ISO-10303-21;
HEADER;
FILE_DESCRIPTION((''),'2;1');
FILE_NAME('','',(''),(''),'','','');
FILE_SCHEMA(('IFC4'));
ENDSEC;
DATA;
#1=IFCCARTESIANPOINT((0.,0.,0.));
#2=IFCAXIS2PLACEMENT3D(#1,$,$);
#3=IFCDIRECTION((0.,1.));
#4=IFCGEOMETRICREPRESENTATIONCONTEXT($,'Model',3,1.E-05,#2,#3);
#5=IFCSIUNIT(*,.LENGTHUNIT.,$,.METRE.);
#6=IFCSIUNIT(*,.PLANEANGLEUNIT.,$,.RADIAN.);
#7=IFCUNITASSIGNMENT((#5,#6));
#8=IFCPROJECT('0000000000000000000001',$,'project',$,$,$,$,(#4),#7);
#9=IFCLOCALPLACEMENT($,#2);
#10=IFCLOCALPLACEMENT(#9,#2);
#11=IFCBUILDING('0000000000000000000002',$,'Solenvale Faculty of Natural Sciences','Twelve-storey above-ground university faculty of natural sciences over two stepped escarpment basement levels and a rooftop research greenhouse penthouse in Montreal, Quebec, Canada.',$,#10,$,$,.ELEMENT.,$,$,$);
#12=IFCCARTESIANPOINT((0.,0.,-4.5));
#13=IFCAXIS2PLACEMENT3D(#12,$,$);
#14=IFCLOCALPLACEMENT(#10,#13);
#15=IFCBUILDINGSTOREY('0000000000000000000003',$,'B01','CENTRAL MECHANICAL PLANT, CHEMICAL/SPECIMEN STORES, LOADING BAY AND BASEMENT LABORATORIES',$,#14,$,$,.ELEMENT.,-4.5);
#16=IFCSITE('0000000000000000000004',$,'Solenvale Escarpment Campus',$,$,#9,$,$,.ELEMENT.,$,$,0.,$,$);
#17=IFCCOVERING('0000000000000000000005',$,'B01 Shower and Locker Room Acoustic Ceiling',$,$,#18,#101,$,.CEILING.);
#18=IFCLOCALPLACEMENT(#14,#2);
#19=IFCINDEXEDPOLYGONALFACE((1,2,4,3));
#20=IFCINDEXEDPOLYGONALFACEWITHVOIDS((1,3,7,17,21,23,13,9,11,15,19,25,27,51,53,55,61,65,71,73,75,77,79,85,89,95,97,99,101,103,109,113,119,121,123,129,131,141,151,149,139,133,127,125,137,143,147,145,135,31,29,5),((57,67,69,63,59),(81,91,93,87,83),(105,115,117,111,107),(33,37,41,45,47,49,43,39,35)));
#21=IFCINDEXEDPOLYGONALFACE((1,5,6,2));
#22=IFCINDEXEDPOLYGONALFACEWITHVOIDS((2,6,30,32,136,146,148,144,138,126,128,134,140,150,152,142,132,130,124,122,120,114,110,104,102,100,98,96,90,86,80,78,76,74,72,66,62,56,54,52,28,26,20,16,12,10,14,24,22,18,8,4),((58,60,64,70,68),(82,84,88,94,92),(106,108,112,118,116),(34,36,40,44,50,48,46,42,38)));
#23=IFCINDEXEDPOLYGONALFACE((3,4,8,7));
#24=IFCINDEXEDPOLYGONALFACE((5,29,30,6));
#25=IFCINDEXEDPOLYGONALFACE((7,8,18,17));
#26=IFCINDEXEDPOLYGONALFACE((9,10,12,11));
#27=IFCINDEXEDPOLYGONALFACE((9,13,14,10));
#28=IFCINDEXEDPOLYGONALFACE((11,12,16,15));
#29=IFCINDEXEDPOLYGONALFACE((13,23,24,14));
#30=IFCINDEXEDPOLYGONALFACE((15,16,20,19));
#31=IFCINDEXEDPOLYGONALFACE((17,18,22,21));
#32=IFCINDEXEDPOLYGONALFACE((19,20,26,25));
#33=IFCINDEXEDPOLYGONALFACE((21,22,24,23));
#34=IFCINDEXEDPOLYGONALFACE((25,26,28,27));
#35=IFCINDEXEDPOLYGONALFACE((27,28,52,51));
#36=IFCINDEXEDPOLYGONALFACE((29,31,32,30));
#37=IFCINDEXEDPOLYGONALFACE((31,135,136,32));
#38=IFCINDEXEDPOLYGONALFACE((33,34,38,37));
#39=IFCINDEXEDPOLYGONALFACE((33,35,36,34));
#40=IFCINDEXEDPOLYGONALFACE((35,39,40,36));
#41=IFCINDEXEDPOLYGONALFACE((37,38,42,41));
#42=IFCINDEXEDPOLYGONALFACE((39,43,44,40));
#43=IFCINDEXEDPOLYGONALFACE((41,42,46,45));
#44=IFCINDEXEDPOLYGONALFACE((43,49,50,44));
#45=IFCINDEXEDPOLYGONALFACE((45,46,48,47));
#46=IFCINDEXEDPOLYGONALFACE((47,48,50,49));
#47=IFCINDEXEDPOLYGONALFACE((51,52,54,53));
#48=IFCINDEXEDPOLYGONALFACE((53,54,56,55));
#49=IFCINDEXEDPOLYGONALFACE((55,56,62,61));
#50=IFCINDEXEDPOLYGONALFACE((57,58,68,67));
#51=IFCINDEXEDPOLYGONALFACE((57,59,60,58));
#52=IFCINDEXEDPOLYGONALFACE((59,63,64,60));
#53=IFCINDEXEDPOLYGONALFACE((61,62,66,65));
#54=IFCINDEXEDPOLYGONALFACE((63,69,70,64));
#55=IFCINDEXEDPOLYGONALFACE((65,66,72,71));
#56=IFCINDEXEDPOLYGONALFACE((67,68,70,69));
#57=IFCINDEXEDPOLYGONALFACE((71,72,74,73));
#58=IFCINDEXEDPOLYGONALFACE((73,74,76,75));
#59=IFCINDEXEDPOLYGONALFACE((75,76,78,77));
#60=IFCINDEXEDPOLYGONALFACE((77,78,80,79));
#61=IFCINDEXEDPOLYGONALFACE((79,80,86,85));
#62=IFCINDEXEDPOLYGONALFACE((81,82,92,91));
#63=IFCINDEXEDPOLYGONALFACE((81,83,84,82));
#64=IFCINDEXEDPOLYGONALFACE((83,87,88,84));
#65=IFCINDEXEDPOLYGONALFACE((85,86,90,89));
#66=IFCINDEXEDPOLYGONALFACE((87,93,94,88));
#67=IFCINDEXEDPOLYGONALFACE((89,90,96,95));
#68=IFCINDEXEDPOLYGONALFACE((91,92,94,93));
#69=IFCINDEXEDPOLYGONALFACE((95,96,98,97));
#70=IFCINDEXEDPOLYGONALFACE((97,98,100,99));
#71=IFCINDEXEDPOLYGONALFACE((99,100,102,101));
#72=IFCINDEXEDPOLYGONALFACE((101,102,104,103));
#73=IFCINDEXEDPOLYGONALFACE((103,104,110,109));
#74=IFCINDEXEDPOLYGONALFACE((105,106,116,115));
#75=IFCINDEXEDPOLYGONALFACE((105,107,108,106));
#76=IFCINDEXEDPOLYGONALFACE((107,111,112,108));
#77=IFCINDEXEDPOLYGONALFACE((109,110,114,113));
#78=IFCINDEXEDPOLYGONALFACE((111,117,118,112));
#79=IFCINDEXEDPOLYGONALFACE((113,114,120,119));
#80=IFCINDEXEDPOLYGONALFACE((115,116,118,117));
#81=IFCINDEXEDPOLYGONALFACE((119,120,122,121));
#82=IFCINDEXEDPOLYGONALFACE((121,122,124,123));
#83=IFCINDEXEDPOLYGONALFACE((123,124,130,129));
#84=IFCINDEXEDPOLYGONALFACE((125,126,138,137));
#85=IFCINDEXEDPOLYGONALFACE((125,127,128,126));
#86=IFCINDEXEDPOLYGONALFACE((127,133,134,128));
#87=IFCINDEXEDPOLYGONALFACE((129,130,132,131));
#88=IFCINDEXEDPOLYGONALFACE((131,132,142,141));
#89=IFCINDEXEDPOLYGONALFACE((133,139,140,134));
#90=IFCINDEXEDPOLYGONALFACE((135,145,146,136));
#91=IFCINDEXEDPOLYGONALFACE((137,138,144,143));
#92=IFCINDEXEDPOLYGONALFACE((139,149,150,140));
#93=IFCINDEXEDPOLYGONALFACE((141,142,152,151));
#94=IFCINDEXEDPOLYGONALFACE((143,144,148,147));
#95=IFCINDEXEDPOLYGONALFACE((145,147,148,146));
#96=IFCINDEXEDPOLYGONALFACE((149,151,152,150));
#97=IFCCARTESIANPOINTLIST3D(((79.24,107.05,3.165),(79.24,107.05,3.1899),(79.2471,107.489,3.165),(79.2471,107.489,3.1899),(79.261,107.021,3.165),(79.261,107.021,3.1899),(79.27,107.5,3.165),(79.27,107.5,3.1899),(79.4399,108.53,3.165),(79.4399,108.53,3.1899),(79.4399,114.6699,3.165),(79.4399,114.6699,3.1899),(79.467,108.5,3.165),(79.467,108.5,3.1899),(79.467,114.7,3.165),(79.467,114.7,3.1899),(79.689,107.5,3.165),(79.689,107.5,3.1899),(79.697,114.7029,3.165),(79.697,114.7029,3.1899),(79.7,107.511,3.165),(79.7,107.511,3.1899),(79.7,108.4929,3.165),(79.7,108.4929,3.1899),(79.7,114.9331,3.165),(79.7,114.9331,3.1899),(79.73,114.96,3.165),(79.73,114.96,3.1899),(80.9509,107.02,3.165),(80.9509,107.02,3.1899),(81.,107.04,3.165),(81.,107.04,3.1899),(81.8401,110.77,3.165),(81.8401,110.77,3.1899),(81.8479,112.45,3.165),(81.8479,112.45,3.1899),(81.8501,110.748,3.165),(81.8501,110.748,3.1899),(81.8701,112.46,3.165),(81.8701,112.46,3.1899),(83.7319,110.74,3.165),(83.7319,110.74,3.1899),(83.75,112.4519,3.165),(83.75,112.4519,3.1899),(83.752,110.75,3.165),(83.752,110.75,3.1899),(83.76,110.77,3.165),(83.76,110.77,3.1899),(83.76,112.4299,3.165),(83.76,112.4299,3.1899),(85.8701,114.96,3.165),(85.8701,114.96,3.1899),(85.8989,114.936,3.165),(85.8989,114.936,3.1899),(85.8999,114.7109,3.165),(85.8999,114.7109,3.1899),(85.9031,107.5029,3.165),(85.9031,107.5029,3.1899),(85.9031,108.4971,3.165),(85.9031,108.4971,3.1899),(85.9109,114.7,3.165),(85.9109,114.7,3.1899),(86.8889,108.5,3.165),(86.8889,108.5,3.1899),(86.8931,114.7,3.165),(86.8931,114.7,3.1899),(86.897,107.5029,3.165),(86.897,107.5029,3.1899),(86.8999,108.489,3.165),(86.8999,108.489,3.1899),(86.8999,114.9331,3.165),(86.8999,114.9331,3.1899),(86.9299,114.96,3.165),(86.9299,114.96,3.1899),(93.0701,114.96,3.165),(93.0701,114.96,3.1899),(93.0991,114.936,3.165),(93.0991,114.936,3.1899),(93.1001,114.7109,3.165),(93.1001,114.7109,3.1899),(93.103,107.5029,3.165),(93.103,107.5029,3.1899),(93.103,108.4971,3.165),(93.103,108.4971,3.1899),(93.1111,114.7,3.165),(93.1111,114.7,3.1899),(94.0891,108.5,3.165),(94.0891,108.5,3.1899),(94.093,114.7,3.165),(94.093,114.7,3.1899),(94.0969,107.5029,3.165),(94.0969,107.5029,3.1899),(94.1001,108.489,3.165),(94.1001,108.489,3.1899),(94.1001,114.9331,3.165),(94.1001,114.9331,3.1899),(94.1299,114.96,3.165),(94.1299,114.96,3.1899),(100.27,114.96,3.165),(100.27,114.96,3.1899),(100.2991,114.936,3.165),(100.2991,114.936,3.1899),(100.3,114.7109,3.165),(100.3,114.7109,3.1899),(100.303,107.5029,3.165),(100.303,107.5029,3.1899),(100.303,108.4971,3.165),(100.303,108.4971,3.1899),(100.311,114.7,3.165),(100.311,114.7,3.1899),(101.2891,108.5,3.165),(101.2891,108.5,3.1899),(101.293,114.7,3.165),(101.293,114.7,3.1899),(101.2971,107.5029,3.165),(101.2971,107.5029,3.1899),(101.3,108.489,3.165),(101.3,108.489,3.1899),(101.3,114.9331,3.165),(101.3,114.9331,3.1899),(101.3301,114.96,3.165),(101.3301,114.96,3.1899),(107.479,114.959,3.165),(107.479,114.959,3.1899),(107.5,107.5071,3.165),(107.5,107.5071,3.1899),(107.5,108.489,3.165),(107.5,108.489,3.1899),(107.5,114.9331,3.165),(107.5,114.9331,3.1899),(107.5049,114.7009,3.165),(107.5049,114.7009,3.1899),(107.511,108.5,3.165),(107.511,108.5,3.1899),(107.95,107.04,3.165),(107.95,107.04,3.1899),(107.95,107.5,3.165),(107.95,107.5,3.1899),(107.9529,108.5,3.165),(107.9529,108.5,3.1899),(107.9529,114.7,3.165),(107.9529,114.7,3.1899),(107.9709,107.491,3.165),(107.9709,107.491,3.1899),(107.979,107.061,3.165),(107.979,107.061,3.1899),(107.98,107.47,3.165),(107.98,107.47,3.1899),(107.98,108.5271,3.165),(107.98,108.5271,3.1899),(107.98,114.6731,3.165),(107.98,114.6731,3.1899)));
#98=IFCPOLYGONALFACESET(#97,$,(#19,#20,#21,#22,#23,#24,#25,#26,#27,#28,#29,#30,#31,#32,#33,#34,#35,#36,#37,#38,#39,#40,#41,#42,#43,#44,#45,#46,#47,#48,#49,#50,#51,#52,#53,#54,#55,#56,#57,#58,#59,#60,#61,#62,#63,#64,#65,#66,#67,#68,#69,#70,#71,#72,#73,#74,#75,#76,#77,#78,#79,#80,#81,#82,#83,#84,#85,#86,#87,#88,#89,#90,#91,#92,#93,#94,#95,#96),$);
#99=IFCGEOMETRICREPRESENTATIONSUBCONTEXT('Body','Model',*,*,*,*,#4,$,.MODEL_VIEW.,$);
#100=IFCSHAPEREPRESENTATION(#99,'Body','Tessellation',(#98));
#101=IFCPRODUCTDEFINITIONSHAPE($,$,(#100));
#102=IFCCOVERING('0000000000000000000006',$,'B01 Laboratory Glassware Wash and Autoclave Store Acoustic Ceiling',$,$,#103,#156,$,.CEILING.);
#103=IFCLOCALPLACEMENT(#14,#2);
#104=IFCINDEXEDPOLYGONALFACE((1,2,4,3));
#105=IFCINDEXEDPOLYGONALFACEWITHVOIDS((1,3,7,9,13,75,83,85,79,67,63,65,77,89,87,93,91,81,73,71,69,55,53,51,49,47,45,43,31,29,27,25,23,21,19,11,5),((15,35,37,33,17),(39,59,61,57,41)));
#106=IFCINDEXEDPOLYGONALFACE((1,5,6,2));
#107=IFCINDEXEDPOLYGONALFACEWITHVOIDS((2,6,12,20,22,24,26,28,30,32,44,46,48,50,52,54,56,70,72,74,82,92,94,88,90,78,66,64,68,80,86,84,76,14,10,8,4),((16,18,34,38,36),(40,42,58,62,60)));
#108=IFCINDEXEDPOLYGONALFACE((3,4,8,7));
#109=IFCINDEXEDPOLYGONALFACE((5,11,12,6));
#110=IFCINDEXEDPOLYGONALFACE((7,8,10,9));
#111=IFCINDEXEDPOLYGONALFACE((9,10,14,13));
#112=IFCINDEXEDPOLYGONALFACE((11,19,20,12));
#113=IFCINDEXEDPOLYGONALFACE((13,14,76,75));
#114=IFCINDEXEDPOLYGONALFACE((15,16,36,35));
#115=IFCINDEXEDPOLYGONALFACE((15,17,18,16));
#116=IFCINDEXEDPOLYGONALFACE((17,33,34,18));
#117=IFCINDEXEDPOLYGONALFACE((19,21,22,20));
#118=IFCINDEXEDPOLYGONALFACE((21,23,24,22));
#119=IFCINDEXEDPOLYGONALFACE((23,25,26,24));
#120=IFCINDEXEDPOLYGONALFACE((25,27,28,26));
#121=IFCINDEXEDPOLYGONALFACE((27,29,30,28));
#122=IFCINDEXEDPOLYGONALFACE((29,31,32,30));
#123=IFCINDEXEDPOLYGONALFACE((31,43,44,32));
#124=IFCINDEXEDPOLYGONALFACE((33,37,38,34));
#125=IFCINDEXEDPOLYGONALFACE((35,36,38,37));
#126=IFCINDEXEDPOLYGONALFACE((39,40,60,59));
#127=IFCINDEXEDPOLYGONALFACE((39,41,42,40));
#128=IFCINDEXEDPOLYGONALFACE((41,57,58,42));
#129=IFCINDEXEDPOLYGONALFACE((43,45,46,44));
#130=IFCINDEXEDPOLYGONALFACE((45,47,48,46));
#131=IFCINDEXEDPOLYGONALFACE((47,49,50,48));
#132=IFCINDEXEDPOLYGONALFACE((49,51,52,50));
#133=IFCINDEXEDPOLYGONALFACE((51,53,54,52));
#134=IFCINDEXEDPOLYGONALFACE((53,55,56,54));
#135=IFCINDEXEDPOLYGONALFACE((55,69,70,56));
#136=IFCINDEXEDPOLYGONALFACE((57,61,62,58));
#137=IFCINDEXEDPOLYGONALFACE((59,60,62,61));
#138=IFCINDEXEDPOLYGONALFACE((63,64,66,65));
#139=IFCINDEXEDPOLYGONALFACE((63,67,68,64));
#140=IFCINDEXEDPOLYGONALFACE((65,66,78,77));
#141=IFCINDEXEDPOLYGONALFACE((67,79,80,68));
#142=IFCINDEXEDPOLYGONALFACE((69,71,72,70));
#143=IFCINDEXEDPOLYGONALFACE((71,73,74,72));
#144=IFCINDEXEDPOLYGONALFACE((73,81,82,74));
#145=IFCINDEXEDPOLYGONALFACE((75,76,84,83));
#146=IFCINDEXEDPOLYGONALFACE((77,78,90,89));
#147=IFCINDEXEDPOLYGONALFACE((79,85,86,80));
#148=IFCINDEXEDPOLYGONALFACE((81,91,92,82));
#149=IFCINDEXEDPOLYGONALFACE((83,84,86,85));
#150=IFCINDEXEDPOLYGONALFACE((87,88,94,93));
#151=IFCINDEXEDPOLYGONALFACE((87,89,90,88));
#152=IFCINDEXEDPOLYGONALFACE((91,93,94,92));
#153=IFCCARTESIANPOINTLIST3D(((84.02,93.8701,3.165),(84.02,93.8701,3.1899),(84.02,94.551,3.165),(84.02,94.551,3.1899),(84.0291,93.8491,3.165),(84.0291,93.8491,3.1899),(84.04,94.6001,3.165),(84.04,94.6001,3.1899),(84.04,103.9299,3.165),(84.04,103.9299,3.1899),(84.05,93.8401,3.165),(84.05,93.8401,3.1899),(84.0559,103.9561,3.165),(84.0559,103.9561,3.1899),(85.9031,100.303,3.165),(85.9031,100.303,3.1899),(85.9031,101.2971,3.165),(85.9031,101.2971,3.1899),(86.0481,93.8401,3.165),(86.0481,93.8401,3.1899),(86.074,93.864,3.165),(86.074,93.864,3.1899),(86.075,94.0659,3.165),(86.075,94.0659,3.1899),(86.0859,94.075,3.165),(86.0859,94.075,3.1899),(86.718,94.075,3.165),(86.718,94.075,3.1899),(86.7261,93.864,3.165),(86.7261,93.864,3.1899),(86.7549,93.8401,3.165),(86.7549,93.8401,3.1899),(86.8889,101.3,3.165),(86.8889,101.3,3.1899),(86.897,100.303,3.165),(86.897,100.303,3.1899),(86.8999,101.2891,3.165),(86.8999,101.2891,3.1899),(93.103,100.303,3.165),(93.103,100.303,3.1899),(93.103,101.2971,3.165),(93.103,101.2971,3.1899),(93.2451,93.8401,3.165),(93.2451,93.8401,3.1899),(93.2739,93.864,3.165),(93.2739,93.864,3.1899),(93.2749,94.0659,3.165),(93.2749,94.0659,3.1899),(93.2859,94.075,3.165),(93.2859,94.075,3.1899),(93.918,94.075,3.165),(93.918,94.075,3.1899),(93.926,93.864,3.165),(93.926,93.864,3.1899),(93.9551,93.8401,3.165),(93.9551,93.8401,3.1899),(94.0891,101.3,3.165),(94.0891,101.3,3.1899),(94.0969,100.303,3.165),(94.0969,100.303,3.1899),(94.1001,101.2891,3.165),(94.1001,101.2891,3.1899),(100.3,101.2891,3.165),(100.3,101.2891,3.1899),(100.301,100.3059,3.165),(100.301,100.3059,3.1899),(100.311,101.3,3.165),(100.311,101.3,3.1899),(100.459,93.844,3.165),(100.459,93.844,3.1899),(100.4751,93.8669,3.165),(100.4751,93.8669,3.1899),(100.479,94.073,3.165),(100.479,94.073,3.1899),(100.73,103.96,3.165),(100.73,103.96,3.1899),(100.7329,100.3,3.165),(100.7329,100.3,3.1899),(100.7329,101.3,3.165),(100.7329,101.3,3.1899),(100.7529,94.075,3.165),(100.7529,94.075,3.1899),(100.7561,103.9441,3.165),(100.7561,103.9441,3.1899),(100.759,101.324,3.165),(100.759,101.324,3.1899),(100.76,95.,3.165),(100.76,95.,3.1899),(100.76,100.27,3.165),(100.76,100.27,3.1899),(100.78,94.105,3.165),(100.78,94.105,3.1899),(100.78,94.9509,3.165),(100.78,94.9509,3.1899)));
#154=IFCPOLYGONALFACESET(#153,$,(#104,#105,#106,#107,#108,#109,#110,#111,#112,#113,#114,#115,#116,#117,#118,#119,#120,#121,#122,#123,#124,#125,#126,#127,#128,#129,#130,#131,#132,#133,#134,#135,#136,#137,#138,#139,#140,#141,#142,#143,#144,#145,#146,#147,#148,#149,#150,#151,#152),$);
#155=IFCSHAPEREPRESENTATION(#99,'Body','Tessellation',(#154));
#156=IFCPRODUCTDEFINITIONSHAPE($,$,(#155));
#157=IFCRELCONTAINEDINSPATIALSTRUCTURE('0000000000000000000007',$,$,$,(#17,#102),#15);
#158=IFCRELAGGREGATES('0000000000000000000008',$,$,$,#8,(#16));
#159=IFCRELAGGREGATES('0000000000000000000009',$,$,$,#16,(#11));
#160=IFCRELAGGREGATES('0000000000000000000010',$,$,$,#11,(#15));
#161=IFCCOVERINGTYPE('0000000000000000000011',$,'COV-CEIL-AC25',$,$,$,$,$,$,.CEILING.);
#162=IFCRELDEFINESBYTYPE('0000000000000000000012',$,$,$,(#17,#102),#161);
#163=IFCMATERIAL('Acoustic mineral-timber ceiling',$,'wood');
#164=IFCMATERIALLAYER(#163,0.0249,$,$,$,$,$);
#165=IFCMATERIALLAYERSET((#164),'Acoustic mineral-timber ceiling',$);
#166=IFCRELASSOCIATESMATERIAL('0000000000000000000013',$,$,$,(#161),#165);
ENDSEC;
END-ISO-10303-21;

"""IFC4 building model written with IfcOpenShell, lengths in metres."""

from ifc_helpers import new_model, si_unit, direction, frame, origin, place, context, subcontext, project, spatial, polyline, outline, extrude, material, layer, layer_set, type_object, element, save


model = new_model("IFC4")

# Units and contexts
model_context = context("Model", 3, precision=1e-05, world=origin(), true_north=direction((0.0, 1.0)))
body_context = subcontext(model_context, "Body", "Model", "MODEL_VIEW")
ifc_project = project(units=[si_unit("LENGTHUNIT", "METRE"), si_unit("PLANEANGLEUNIT", "RADIAN")], contexts=[model_context])

# Site, building, storey
site_placement = place(None, origin())
site = spatial("IfcSite", under=ifc_project, at=site_placement, Name="Solenvale Escarpment Campus", CompositionType="ELEMENT", RefElevation=0.0)
building_placement = place(site_placement, origin())
building = spatial("IfcBuilding", under=site, at=building_placement, Name="Solenvale Faculty of Natural Sciences", Description="Twelve-storey above-ground university faculty of natural sciences over two stepped escarpment basement levels and a rooftop research greenhouse penthouse in Montreal, Quebec, Canada.", CompositionType="ELEMENT")
storey_placement = place(building_placement, frame((0.0, 0.0, -4.5)))
storey = spatial("IfcBuildingStorey", under=building, at=storey_placement, Name="B01", Description="CENTRAL MECHANICAL PLANT, CHEMICAL/SPECIMEN STORES, LOADING BAY AND BASEMENT LABORATORIES", CompositionType="ELEMENT", Elevation=-4.5)

# Coverings
ifc_material_1 = material(Name="Acoustic mineral-timber ceiling", Category="wood")
ifc_layer_1 = layer(ifc_material_1, 0.0249)
ifc_layer_set_1 = layer_set([ifc_layer_1], Name="Acoustic mineral-timber ceiling")
covering_type_1 = type_object("IfcCoveringType", Name="COV-CEIL-AC25", PredefinedType="CEILING", material=ifc_layer_set_1)
covering_1_placement = place(storey_placement, frame((0.0, 0.0, 3.165)))
element("IfcCovering", 1, at=covering_1_placement, inside=storey, type_object=covering_type_1, Name="B01 Shower and Locker Room Acoustic Ceiling", PredefinedType="CEILING", context=body_context, shape_type="SweptSolid", body=[
    extrude(outline(polyline([(79.4399, 114.6699), (79.467, 114.7), (79.697, 114.7029), (79.7, 114.9331), (79.73, 114.96), (85.8701, 114.96), (85.8989, 114.936), (85.8999, 114.7109), (85.9109, 114.7), (86.8931, 114.7), (86.8999, 114.9331), (86.9299, 114.96), (93.0701, 114.96), (93.0991, 114.936), (93.1001, 114.7109), (93.1111, 114.7), (94.093, 114.7), (94.1001, 114.9331), (94.1299, 114.96), (100.27, 114.96), (100.2991, 114.936), (100.3, 114.7109), (100.311, 114.7), (101.293, 114.7), (101.3, 114.9331), (101.3301, 114.96), (107.479, 114.959), (107.5, 114.9331), (107.5049, 114.7009), (107.9529, 114.7), (107.98, 114.6731), (107.98, 108.5271), (107.9529, 108.5), (107.511, 108.5), (107.5, 108.489), (107.5, 107.5071), (107.95, 107.5), (107.9709, 107.491), (107.98, 107.47), (107.979, 107.061), (107.95, 107.04), (81.0, 107.04), (80.9509, 107.02), (79.261, 107.021), (79.24, 107.05), (79.2471, 107.489), (79.27, 107.5), (79.689, 107.5), (79.7, 107.511), (79.7, 108.4929), (79.467, 108.5), (79.4399, 108.53), (79.4399, 114.6699)]), holes=[polyline([(101.3, 108.489), (101.2891, 108.5), (100.303, 108.4971), (100.303, 107.5029), (101.2971, 107.5029), (101.3, 108.489)]), polyline([(94.1001, 108.489), (94.0891, 108.5), (93.103, 108.4971), (93.103, 107.5029), (94.0969, 107.5029), (94.1001, 108.489)]), polyline([(86.8999, 108.489), (86.8889, 108.5), (85.9031, 108.4971), (85.9031, 107.5029), (86.897, 107.5029), (86.8999, 108.489)]), polyline([(83.7319, 110.74), (83.752, 110.75), (83.76, 110.77), (83.76, 112.4299), (83.75, 112.4519), (81.8701, 112.46), (81.8479, 112.45), (81.8401, 110.77), (81.8501, 110.748), (83.7319, 110.74)])]), origin(), (0.0, 0.0, 1.0), 0.0249),
])
covering_2_placement = place(storey_placement, frame((0.0, 0.0, 3.165)))
element("IfcCovering", 2, at=covering_2_placement, inside=storey, type_object=covering_type_1, Name="B01 Laboratory Glassware Wash and Autoclave Store Acoustic Ceiling", PredefinedType="CEILING", context=body_context, shape_type="SweptSolid", body=[
    extrude(outline(polyline([(84.02, 94.551), (84.04, 94.6001), (84.04, 103.9299), (84.0559, 103.9561), (100.73, 103.96), (100.7561, 103.9441), (100.759, 101.324), (100.7329, 101.3), (100.311, 101.3), (100.3, 101.2891), (100.301, 100.3059), (100.7329, 100.3), (100.76, 100.27), (100.76, 95.0), (100.78, 94.9509), (100.78, 94.105), (100.7529, 94.075), (100.479, 94.073), (100.4751, 93.8669), (100.459, 93.844), (93.9551, 93.8401), (93.926, 93.864), (93.918, 94.075), (93.2859, 94.075), (93.2749, 94.0659), (93.2739, 93.864), (93.2451, 93.8401), (86.7549, 93.8401), (86.7261, 93.864), (86.718, 94.075), (86.0859, 94.075), (86.075, 94.0659), (86.074, 93.864), (86.0481, 93.8401), (84.05, 93.8401), (84.0291, 93.8491), (84.02, 93.8701), (84.02, 94.551)]), holes=[polyline([(94.1001, 101.2891), (94.0891, 101.3), (93.103, 101.2971), (93.103, 100.303), (94.0969, 100.303), (94.1001, 101.2891)]), polyline([(86.8999, 101.2891), (86.8889, 101.3), (85.9031, 101.2971), (85.9031, 100.303), (86.897, 100.303), (86.8999, 101.2891)])]), origin(), (0.0, 0.0, 1.0), 0.0249),
])

save(model, "model.ifc")
